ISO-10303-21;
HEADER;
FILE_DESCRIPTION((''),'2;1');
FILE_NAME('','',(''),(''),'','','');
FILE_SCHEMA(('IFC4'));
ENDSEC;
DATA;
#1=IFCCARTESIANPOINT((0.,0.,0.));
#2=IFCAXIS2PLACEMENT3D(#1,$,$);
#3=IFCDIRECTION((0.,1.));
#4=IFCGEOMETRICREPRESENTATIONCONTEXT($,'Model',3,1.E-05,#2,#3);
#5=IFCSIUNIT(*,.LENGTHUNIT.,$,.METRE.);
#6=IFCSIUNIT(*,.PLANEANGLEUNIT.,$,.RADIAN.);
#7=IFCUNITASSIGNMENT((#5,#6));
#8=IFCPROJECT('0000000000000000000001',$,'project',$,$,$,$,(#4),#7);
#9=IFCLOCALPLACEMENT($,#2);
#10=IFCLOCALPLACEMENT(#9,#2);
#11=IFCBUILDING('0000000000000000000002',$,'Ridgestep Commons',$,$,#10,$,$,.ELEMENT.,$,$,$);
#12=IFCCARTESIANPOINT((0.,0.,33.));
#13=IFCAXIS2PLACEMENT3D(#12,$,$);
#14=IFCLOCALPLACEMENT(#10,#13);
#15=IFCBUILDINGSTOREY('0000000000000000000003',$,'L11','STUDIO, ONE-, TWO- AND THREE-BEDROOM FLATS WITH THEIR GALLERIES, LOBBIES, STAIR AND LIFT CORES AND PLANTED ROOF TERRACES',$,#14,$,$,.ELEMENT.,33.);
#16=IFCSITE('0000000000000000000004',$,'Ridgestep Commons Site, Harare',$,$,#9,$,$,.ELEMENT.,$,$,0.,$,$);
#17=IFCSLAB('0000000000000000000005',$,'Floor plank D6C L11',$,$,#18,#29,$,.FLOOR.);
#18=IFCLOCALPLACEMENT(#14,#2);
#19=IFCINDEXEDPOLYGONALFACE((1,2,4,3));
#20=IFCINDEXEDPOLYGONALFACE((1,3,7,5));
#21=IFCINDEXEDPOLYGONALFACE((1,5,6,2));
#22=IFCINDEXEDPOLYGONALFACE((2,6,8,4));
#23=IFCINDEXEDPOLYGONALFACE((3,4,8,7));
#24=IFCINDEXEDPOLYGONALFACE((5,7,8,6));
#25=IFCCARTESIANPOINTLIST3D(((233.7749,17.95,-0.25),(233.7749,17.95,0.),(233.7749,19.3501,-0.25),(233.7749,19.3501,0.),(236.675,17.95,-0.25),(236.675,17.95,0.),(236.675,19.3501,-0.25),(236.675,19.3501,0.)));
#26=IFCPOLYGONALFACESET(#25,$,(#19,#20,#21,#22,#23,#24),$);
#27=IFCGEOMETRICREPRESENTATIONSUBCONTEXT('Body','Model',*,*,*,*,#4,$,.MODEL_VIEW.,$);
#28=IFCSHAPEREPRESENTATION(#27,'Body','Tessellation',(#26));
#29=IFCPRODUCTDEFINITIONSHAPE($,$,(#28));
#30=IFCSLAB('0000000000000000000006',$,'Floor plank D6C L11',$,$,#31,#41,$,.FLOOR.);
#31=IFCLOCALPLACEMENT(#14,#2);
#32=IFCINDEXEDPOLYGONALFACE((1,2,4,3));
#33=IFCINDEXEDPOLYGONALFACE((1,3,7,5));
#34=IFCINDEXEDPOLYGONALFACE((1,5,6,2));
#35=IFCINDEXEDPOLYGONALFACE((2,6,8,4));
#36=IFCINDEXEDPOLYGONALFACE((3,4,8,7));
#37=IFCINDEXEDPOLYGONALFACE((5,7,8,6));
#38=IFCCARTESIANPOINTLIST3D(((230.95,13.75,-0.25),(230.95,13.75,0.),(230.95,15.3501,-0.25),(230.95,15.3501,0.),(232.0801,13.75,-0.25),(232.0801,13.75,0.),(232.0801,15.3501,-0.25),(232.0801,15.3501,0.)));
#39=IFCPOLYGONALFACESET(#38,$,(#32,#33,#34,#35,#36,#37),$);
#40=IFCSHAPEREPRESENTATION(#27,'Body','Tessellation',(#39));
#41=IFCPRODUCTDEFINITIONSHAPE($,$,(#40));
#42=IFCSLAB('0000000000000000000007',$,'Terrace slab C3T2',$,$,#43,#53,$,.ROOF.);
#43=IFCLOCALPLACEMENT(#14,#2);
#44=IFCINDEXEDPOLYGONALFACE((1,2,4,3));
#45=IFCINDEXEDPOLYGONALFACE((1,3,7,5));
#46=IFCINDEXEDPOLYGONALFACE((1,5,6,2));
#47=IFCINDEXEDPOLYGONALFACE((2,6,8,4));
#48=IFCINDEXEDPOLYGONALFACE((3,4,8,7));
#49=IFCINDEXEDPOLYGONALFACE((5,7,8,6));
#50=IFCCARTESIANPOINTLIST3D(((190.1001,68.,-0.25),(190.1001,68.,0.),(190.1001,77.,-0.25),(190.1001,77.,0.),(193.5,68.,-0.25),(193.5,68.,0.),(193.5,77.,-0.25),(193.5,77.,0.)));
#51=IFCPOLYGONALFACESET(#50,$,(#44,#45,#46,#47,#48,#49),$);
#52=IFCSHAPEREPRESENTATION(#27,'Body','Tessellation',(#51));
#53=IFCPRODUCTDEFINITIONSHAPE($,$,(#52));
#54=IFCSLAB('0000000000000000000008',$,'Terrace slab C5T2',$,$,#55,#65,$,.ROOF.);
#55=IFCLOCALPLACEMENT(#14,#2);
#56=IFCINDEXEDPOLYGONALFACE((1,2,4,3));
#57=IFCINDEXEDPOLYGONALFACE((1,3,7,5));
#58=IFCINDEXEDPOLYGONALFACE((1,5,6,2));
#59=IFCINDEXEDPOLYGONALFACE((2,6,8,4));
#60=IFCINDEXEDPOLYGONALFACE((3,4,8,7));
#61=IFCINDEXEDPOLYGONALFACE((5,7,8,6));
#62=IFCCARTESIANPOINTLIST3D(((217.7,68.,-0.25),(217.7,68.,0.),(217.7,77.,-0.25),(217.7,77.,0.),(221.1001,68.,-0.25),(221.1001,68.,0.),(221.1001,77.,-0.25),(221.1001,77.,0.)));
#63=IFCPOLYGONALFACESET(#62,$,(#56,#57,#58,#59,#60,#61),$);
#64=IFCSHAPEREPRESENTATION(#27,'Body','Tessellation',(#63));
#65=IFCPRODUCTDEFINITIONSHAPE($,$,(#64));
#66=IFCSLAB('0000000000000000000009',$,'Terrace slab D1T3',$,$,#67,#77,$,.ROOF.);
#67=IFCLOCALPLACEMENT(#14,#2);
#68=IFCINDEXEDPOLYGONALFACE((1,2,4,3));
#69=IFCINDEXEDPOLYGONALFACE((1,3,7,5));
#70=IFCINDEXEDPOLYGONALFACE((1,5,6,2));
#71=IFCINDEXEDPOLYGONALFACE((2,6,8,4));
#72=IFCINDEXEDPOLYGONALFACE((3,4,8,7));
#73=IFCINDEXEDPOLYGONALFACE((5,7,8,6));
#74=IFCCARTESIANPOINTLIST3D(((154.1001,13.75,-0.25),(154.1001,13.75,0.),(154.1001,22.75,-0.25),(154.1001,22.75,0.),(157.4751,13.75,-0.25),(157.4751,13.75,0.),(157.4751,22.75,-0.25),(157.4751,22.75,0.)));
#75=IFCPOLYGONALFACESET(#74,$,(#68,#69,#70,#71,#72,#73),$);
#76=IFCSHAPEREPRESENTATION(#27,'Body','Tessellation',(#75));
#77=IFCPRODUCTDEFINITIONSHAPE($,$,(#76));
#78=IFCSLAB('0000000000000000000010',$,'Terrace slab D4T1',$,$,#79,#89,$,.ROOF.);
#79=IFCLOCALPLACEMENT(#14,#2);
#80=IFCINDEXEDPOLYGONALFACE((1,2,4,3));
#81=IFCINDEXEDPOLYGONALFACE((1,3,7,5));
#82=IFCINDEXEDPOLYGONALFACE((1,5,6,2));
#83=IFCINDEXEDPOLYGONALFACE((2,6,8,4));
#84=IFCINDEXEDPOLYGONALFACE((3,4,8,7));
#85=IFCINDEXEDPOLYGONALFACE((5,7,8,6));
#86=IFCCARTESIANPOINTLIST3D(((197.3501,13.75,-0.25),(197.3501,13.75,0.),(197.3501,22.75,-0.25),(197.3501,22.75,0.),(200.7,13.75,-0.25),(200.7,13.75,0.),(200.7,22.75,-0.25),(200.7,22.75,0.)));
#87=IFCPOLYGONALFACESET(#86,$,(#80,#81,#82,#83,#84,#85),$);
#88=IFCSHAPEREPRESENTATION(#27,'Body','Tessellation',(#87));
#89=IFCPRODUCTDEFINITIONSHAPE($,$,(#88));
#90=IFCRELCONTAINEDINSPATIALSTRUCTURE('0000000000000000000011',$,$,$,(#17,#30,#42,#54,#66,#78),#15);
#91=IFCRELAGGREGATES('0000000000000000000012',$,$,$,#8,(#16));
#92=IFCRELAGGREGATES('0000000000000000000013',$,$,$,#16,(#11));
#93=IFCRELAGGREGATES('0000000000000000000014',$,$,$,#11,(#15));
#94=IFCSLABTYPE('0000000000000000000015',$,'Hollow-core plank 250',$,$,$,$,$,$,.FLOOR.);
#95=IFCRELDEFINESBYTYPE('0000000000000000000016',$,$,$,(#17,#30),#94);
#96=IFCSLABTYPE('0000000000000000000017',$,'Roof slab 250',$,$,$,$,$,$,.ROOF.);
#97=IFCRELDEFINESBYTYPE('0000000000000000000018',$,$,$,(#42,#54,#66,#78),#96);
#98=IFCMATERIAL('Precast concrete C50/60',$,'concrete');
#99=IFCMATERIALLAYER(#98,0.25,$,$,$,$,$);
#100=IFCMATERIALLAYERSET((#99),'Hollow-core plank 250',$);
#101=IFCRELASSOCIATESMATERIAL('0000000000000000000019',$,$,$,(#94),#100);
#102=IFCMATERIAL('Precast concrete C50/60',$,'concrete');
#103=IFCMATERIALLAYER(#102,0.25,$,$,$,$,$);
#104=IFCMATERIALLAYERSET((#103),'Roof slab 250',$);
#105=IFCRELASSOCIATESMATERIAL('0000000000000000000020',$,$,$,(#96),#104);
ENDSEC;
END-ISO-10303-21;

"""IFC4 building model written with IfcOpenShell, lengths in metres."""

from ifc_helpers import new_model, si_unit, direction, frame, origin, place, context, subcontext, project, spatial, polyline, outline, extrude, material, layer, layer_set, type_object, element, save


model = new_model("IFC4")

# Units and contexts
model_context = context("Model", 3, precision=1e-05, world=origin(), true_north=direction((0.0, 1.0)))
body_context = subcontext(model_context, "Body", "Model", "MODEL_VIEW")
ifc_project = project(units=[si_unit("LENGTHUNIT", "METRE"), si_unit("PLANEANGLEUNIT", "RADIAN")], contexts=[model_context])

# Site, building, storey
site_placement = place(None, origin())
site = spatial("IfcSite", under=ifc_project, at=site_placement, Name="Ridgestep Commons Site, Harare", CompositionType="ELEMENT", RefElevation=0.0)
building_placement = place(site_placement, origin())
building = spatial("IfcBuilding", under=site, at=building_placement, Name="Ridgestep Commons", CompositionType="ELEMENT")
storey_placement = place(building_placement, frame((0.0, 0.0, 33.0)))
storey = spatial("IfcBuildingStorey", under=building, at=storey_placement, Name="L11", Description="STUDIO, ONE-, TWO- AND THREE-BEDROOM FLATS WITH THEIR GALLERIES, LOBBIES, STAIR AND LIFT CORES AND PLANTED ROOF TERRACES", CompositionType="ELEMENT", Elevation=33.0)

# Slabs
ifc_material_1 = material(Name="Precast concrete C50/60", Category="concrete")
ifc_layer_1 = layer(ifc_material_1, 0.25)
ifc_layer_set_1 = layer_set([ifc_layer_1], Name="Hollow-core plank 250")
slab_type_1 = type_object("IfcSlabType", Name="Hollow-core plank 250", PredefinedType="FLOOR", material=ifc_layer_set_1)
slab_1_placement = place(storey_placement, frame((0.0, 0.0, -0.25)))
element("IfcSlab", 1, at=slab_1_placement, inside=storey, type_object=slab_type_1, Name="Floor plank D6C L11", PredefinedType="FLOOR", context=body_context, shape_type="SweptSolid", body=[
    extrude(outline(polyline([(236.675, 17.95), (236.675, 19.3501), (233.7749, 19.3501), (233.7749, 17.95), (236.675, 17.95)])), origin(), (0.0, 0.0, 1.0), 0.25),
])
slab_2_placement = place(storey_placement, frame((0.0, 0.0, -0.25)))
element("IfcSlab", 2, at=slab_2_placement, inside=storey, type_object=slab_type_1, Name="Floor plank D6C L11", PredefinedType="FLOOR", context=body_context, shape_type="SweptSolid", body=[
    extrude(outline(polyline([(232.0801, 15.3501), (230.95, 15.3501), (230.95, 13.75), (232.0801, 13.75), (232.0801, 15.3501)])), origin(), (0.0, 0.0, 1.0), 0.25),
])
ifc_material_2 = material(Name="Precast concrete C50/60", Category="concrete")
ifc_layer_2 = layer(ifc_material_2, 0.25)
ifc_layer_set_2 = layer_set([ifc_layer_2], Name="Roof slab 250")
slab_type_2 = type_object("IfcSlabType", Name="Roof slab 250", PredefinedType="ROOF", material=ifc_layer_set_2)
slab_3_placement = place(storey_placement, frame((0.0, 0.0, -0.25)))
element("IfcSlab", 3, at=slab_3_placement, inside=storey, type_object=slab_type_2, Name="Terrace slab C3T2", PredefinedType="ROOF", context=body_context, shape_type="SweptSolid", body=[
    extrude(outline(polyline([(193.5, 68.0), (193.5, 77.0), (190.1001, 77.0), (190.1001, 68.0), (193.5, 68.0)])), origin(), (0.0, 0.0, 1.0), 0.25),
])
slab_4_placement = place(storey_placement, frame((0.0, 0.0, -0.25)))
element("IfcSlab", 4, at=slab_4_placement, inside=storey, type_object=slab_type_2, Name="Terrace slab C5T2", PredefinedType="ROOF", context=body_context, shape_type="SweptSolid", body=[
    extrude(outline(polyline([(221.1001, 68.0), (221.1001, 77.0), (217.7, 77.0), (217.7, 68.0), (221.1001, 68.0)])), origin(), (0.0, 0.0, 1.0), 0.25),
])
slab_5_placement = place(storey_placement, frame((0.0, 0.0, -0.25)))
element("IfcSlab", 5, at=slab_5_placement, inside=storey, type_object=slab_type_2, Name="Terrace slab D1T3", PredefinedType="ROOF", context=body_context, shape_type="SweptSolid", body=[
    extrude(outline(polyline([(157.4751, 13.75), (157.4751, 22.75), (154.1001, 22.75), (154.1001, 13.75), (157.4751, 13.75)])), origin(), (0.0, 0.0, 1.0), 0.25),
])
slab_6_placement = place(storey_placement, frame((0.0, 0.0, -0.25)))
element("IfcSlab", 6, at=slab_6_placement, inside=storey, type_object=slab_type_2, Name="Terrace slab D4T1", PredefinedType="ROOF", context=body_context, shape_type="SweptSolid", body=[
    extrude(outline(polyline([(200.7, 13.75), (200.7, 22.75), (197.3501, 22.75), (197.3501, 13.75), (200.7, 13.75)])), origin(), (0.0, 0.0, 1.0), 0.25),
])

save(model, "model.ifc")
